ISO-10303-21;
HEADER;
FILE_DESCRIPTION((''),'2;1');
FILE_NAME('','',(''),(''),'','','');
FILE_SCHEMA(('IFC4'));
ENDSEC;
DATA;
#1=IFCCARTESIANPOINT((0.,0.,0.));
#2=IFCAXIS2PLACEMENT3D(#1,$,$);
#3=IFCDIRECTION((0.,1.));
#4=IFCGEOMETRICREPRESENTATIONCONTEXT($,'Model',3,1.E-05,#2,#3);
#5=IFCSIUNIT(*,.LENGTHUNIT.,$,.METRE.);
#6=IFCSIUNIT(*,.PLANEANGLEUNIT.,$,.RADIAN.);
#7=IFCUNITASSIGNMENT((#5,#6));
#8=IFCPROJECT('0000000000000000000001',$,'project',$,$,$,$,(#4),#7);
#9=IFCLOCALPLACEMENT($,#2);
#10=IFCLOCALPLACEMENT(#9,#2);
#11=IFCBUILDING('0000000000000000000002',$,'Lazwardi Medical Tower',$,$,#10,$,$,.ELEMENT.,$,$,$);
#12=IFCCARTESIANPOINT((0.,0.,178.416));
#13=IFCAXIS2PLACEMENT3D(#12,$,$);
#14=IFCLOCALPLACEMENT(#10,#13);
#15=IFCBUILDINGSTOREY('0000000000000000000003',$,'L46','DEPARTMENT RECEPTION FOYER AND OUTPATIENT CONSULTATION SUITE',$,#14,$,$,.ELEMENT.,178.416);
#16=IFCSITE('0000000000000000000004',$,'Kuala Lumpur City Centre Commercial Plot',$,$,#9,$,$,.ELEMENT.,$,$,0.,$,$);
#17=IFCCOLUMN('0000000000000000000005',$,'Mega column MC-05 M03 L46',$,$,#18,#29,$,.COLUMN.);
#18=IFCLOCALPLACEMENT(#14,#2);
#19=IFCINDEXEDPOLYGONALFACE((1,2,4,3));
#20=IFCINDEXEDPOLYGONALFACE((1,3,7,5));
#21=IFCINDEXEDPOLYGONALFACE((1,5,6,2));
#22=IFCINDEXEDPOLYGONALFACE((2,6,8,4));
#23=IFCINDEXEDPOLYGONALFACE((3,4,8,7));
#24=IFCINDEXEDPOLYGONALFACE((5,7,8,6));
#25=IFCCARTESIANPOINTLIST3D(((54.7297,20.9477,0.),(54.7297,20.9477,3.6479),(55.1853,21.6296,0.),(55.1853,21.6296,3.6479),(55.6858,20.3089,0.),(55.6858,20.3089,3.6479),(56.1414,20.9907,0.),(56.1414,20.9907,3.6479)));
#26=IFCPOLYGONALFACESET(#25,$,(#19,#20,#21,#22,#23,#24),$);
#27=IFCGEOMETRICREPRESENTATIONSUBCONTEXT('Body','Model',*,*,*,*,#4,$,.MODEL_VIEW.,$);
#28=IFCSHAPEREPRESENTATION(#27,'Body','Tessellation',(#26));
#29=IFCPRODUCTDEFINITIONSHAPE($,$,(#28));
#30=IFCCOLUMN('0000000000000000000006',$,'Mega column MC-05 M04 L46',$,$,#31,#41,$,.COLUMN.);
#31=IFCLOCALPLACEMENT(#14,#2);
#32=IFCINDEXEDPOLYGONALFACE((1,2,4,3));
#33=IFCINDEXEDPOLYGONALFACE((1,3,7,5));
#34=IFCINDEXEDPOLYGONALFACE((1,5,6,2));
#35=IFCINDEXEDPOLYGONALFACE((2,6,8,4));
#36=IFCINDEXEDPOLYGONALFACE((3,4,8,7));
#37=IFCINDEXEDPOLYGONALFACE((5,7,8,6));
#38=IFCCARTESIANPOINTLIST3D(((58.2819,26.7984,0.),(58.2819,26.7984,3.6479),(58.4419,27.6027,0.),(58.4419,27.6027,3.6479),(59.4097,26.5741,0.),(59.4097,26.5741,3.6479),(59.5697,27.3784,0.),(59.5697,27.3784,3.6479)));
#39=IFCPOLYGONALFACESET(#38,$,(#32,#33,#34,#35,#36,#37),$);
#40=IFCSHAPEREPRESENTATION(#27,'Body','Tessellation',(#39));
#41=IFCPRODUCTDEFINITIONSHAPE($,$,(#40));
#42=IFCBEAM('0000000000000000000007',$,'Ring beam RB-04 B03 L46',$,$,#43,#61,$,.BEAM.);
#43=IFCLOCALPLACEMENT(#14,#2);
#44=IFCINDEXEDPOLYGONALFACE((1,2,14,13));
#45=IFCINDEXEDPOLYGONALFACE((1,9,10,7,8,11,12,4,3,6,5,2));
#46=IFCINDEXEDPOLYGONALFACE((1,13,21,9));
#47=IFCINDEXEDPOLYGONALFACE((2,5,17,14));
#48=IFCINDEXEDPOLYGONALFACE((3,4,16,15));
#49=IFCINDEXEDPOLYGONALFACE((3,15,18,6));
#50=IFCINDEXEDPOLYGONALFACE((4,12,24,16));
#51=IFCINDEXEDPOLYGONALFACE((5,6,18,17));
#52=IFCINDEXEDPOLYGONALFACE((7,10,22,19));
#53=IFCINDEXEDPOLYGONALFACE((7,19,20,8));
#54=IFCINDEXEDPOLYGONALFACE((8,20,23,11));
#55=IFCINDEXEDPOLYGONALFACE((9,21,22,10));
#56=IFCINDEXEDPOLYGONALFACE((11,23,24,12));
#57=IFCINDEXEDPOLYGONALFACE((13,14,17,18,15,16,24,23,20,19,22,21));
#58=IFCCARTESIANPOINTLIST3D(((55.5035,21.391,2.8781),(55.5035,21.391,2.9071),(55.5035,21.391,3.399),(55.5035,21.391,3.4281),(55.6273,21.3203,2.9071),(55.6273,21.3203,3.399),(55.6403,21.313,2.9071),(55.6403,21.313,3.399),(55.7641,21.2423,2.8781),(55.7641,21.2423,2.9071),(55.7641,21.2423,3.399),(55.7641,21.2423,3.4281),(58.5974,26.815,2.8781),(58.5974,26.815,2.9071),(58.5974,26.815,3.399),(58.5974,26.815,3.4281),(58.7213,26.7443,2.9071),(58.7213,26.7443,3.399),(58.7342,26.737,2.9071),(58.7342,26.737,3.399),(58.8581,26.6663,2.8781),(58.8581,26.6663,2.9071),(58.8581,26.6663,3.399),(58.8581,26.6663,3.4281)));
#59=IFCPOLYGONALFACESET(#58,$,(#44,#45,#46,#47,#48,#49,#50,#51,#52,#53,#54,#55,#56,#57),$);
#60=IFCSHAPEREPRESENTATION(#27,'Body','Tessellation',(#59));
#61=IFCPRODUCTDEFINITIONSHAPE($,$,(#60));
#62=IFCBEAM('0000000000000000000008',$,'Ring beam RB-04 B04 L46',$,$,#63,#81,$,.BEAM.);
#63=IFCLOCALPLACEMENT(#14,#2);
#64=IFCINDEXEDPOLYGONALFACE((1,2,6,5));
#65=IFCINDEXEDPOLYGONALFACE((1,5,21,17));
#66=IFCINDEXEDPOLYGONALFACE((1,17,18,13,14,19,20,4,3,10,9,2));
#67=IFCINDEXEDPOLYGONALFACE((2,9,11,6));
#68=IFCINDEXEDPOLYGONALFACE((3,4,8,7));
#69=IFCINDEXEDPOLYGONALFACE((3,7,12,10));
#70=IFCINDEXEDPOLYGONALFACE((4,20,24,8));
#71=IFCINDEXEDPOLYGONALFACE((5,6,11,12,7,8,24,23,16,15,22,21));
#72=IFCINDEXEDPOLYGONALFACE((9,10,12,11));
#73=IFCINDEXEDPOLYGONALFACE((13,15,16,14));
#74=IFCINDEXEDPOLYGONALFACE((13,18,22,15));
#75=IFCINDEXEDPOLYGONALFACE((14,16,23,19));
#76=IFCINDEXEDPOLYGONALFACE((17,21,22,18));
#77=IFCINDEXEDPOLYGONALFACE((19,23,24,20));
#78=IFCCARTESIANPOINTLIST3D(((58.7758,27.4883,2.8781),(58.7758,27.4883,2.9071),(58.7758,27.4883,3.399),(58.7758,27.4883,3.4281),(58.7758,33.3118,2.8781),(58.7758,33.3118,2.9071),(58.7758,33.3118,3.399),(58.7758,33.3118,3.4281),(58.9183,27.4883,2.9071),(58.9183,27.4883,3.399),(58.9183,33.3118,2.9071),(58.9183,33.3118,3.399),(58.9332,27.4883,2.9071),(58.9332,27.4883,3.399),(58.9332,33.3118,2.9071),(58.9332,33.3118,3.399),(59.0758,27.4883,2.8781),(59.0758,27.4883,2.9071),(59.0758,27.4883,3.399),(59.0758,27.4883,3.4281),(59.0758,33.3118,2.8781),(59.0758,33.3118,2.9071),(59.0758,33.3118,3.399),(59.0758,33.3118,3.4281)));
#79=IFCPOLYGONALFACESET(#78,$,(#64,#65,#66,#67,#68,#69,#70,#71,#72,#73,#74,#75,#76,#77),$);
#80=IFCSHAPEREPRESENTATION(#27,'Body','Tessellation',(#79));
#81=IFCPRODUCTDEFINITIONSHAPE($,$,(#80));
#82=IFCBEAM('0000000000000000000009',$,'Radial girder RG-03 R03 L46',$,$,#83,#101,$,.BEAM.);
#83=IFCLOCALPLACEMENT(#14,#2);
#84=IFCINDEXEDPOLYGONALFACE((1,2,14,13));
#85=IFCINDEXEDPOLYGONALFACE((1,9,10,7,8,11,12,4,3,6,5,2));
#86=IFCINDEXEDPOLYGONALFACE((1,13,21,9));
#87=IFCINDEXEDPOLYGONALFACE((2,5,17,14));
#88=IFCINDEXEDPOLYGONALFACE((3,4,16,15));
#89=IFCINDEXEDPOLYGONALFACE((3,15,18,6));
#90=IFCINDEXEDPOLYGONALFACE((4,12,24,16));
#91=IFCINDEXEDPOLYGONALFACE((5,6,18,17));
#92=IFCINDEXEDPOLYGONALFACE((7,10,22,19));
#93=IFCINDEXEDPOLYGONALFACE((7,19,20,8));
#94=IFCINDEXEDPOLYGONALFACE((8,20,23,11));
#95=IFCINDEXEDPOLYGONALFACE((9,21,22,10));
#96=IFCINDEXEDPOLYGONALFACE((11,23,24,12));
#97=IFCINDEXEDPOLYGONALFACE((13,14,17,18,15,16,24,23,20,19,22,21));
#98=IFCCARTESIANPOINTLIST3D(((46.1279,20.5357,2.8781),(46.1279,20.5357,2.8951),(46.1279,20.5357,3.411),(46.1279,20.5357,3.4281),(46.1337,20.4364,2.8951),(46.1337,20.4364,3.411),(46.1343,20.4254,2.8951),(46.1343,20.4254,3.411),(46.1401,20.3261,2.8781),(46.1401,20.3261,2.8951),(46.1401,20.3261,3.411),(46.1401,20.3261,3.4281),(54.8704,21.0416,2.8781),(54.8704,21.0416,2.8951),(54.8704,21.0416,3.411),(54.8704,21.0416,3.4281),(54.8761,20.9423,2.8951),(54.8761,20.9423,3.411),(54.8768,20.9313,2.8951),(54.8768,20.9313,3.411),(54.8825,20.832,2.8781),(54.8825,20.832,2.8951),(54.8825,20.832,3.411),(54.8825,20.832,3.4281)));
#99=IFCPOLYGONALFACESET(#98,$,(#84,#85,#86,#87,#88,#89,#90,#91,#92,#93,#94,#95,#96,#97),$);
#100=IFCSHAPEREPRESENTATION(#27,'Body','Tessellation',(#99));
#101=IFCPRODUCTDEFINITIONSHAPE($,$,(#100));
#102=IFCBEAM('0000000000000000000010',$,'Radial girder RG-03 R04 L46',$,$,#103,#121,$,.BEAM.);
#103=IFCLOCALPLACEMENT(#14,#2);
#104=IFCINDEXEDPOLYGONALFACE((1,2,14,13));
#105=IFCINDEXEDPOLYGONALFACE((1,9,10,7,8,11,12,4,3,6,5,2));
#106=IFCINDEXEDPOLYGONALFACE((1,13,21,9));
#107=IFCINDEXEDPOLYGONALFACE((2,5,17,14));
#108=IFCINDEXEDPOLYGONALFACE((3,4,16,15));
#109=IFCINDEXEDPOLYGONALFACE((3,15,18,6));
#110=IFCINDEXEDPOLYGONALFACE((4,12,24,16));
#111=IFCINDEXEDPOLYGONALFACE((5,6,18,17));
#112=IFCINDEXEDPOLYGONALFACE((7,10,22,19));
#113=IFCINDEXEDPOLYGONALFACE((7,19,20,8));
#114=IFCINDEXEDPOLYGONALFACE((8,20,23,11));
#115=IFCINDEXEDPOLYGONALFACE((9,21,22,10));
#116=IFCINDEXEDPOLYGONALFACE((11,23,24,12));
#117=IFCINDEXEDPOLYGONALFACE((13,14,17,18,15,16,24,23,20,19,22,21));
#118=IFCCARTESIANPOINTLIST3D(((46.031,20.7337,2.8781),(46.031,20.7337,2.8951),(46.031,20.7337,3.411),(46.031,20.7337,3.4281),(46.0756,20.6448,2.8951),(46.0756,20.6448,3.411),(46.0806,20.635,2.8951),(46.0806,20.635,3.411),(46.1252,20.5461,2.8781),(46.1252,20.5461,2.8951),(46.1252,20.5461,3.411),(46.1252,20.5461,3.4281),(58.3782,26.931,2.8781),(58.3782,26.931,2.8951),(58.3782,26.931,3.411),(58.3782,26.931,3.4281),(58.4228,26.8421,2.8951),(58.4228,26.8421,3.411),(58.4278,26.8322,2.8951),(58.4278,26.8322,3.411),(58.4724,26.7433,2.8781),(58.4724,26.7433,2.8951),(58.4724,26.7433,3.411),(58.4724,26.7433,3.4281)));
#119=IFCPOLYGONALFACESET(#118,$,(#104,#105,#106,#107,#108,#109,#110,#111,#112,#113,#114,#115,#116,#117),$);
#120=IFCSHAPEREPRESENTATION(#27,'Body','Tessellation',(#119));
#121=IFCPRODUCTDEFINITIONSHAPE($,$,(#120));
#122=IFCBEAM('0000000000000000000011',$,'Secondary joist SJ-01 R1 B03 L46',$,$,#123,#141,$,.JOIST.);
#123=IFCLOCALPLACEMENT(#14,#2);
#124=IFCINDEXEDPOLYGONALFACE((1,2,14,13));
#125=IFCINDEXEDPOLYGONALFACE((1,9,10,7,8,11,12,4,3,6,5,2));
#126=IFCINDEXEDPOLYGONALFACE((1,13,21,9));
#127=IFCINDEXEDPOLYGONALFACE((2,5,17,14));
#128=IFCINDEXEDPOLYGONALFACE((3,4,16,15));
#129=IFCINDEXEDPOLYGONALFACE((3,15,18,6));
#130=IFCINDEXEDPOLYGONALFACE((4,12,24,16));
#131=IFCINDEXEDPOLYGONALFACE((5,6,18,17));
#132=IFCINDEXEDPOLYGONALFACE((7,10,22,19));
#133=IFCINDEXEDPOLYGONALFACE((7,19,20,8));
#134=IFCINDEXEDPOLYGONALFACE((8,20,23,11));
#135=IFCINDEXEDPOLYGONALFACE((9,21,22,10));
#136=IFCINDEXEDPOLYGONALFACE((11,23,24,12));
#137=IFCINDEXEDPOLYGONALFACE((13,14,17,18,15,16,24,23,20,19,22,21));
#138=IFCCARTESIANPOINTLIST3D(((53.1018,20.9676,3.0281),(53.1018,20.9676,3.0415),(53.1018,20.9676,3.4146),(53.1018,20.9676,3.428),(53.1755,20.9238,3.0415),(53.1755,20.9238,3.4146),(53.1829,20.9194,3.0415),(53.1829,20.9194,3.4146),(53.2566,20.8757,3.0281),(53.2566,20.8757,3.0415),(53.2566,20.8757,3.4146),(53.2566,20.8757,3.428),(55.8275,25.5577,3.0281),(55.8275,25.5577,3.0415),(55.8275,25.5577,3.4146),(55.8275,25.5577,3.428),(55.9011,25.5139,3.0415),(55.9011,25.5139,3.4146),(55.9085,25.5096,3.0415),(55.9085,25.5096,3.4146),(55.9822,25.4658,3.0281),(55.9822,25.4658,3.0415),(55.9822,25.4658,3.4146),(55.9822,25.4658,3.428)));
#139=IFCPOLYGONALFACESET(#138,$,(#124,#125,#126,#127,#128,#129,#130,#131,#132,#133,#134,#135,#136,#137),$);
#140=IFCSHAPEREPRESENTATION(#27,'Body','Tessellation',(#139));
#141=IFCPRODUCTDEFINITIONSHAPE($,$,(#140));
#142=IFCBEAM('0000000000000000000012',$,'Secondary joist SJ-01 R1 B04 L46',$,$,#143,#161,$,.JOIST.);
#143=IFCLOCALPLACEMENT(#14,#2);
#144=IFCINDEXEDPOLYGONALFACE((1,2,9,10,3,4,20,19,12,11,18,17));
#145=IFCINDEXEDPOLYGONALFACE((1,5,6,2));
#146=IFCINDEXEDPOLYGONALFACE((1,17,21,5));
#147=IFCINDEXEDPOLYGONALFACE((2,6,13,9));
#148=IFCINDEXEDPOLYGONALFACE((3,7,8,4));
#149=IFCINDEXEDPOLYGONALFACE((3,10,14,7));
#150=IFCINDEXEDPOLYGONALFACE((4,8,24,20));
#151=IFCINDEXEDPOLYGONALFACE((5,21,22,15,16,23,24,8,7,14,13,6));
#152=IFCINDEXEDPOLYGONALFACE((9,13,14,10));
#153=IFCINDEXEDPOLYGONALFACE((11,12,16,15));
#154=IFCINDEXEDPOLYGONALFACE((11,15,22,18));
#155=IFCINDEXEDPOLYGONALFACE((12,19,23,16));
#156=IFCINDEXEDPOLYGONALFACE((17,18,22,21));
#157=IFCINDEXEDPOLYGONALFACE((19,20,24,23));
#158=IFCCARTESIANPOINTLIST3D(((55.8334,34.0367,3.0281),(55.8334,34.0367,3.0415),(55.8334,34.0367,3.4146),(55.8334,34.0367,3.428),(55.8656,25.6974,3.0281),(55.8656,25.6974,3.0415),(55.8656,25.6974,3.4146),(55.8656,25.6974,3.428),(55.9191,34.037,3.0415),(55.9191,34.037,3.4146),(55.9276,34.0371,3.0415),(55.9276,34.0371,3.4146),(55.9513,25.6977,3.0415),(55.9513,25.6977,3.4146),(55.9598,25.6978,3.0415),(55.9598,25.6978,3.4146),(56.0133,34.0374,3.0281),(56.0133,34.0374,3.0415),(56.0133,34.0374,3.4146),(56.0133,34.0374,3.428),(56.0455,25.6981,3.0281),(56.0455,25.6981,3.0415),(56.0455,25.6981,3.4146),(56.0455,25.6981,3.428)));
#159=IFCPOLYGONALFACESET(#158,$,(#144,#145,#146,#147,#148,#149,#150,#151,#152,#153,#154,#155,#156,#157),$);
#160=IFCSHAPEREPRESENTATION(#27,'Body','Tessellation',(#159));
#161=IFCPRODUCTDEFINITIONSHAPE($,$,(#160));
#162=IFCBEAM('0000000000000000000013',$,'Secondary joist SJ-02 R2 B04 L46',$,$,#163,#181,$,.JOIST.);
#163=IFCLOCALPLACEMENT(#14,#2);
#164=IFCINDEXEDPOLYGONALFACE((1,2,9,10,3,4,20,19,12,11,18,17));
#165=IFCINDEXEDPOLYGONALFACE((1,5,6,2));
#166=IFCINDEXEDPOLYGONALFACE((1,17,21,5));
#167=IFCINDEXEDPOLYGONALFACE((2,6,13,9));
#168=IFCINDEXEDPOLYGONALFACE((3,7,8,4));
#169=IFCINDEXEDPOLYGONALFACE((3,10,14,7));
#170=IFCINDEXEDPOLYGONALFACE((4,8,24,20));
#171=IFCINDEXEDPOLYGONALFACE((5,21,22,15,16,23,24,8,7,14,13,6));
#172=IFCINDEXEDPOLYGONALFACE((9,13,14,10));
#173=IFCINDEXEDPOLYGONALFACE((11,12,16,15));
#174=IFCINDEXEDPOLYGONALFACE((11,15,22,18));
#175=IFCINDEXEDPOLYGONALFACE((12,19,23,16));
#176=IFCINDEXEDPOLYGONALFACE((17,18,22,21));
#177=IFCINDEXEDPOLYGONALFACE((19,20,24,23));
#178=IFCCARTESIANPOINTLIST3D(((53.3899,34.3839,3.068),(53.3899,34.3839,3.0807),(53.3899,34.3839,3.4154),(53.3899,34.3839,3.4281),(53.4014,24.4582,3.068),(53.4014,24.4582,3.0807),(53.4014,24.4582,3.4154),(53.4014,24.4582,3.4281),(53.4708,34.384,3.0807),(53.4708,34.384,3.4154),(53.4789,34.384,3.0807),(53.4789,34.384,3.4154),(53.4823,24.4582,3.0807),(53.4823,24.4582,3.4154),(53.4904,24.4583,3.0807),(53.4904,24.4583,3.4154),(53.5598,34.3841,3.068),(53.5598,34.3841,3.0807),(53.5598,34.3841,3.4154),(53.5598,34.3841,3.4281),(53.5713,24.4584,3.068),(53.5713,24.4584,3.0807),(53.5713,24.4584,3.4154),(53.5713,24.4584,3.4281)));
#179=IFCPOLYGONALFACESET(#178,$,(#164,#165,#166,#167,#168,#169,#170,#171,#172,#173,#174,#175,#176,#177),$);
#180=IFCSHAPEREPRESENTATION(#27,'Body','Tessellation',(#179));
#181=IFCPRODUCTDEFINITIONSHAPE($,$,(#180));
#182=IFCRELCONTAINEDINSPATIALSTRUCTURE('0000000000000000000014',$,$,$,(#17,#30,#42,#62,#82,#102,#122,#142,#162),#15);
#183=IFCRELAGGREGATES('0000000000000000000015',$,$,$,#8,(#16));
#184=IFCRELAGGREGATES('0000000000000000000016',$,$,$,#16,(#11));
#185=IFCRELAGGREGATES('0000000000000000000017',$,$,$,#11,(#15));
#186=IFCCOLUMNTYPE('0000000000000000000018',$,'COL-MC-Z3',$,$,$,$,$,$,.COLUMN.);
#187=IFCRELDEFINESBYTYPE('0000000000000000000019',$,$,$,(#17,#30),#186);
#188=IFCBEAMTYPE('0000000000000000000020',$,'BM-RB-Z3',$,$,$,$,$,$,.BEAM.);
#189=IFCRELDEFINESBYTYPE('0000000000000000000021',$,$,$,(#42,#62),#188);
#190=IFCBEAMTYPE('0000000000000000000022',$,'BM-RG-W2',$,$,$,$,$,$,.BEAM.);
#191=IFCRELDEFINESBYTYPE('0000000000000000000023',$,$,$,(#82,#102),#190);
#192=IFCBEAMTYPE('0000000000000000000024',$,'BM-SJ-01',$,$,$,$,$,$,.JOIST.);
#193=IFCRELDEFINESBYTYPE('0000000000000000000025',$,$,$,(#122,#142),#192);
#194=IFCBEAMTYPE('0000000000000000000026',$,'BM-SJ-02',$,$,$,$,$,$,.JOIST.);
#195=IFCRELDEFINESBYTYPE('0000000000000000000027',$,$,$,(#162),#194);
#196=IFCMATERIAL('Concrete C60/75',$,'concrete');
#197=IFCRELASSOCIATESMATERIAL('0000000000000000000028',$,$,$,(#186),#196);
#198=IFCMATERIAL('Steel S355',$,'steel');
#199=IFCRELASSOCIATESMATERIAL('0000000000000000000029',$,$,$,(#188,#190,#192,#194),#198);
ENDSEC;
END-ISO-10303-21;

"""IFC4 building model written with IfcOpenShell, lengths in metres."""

from ifc_helpers import new_model, si_unit, direction, frame, origin, origin_2d, place, context, subcontext, project, spatial, rectangle, i_section, extrude, material, material_profile, profile_set, type_object, element, save


model = new_model("IFC4")

# Units and contexts
model_context = context("Model", 3, precision=1e-05, world=origin(), true_north=direction((0.0, 1.0)))
body_context = subcontext(model_context, "Body", "Model", "MODEL_VIEW")
ifc_project = project(units=[si_unit("LENGTHUNIT", "METRE"), si_unit("PLANEANGLEUNIT", "RADIAN")], contexts=[model_context])

# Site, building, storey
site_placement = place(None, origin())
site = spatial("IfcSite", under=ifc_project, at=site_placement, Name="Kuala Lumpur City Centre Commercial Plot", CompositionType="ELEMENT", RefElevation=0.0)
building_placement = place(site_placement, origin())
building = spatial("IfcBuilding", under=site, at=building_placement, Name="Lazwardi Medical Tower", CompositionType="ELEMENT")
storey_placement = place(building_placement, frame((0.0, 0.0, 178.416)))
storey = spatial("IfcBuildingStorey", under=building, at=storey_placement, Name="L46", Description="DEPARTMENT RECEPTION FOYER AND OUTPATIENT CONSULTATION SUITE", CompositionType="ELEMENT", Elevation=178.416)

# Columns
ifc_material_1 = material(Name="Concrete C60/75", Category="concrete")
ifc_material_profile_1 = material_profile(ifc_material_1, rectangle(XDim=1.1499, YDim=0.8201, at=origin_2d()), Name="CFT-RECT 1150x820")
ifc_profile_set_1 = profile_set([ifc_material_profile_1], Name="Concrete C60/75")
column_type = type_object("IfcColumnType", Name="COL-MC-Z3", PredefinedType="COLUMN", material=ifc_profile_set_1)
for number, where, z_axis, x_axis, name in (
    (1, (55.4355, 20.9692, 0.0), (0.0, 0.0, 1.0), (0.83147, -0.55557, 0.0), "Mega column MC-05 M03 L46"),
    (2, (58.9258, 27.0884, 0.0), (0.0, 0.0, 1.0), (0.980785, -0.19509, 0.0), "Mega column MC-05 M04 L46"),
):
    element("IfcColumn", number, at=place(storey_placement, frame(where, z_axis=z_axis, x_axis=x_axis)), inside=storey, type_object=column_type, Name=name, PredefinedType="COLUMN", context=body_context, shape_type="SweptSolid", body=[
        extrude(rectangle(XDim=1.1499, YDim=0.8201, at=origin_2d()), origin(), (0.0, 0.0, 1.0), 3.6479),
    ])

# Beams
ifc_material_2 = material(Name="Steel S355", Category="steel")
ifc_material_profile_2 = material_profile(ifc_material_2, i_section(OverallWidth=0.3, OverallDepth=0.55, WebThickness=0.0149, FlangeThickness=0.0291, at=origin_2d()), Name="HEB 550")
ifc_profile_set_2 = profile_set([ifc_material_profile_2], Name="Steel S355")
beam_type_1 = type_object("IfcBeamType", Name="BM-RB-Z3", PredefinedType="BEAM", material=ifc_profile_set_2)
beam_1_placement = place(storey_placement, frame((55.6338, 21.3167, 3.1531), z_axis=(0.495478, 0.868621, 0.0), x_axis=(-0.868621, 0.495478, 0.0)))
element("IfcBeam", 3, at=beam_1_placement, inside=storey, type_object=beam_type_1, Name="Ring beam RB-04 B03 L46", PredefinedType="BEAM", context=body_context, shape_type="SweptSolid", body=[
    extrude(i_section(OverallWidth=0.3, OverallDepth=0.55, WebThickness=0.0149, FlangeThickness=0.0291, at=origin_2d()), origin(), (0.0, 0.0, 1.0), 6.2444),
])
beam_2_placement = place(storey_placement, frame((58.9258, 27.4883, 3.1531), z_axis=(0.0, 1.0, 0.0), x_axis=(-1.0, 0.0, 0.0)))
element("IfcBeam", 4, at=beam_2_placement, inside=storey, type_object=beam_type_1, Name="Ring beam RB-04 B04 L46", PredefinedType="BEAM", context=body_context, shape_type="SweptSolid", body=[
    extrude(i_section(OverallWidth=0.3, OverallDepth=0.55, WebThickness=0.0149, FlangeThickness=0.0291, at=origin_2d()), origin(), (0.0, 0.0, 1.0), 5.8235),
])
ifc_material_profile_3 = material_profile(ifc_material_2, i_section(OverallWidth=0.21, OverallDepth=0.55, WebThickness=0.011, FlangeThickness=0.0171, at=origin_2d()), Name="IPE 550")
ifc_profile_set_3 = profile_set([ifc_material_profile_3], Name="Steel S355")
beam_type_2 = type_object("IfcBeamType", Name="BM-RG-W2", PredefinedType="BEAM", material=ifc_profile_set_3)
beam_3_placement = place(storey_placement, frame((54.8765, 20.9368, 3.1531), z_axis=(-0.99833, -0.057766, 0.0), x_axis=(0.057766, -0.99833, 0.0)))
element("IfcBeam", 5, at=beam_3_placement, inside=storey, type_object=beam_type_2, Name="Radial girder RG-03 R03 L46", PredefinedType="BEAM", context=body_context, shape_type="SweptSolid", body=[
    extrude(i_section(OverallWidth=0.21, OverallDepth=0.55, WebThickness=0.011, FlangeThickness=0.0171, at=origin_2d()), origin(), (0.0, 0.0, 1.0), 8.7571),
])
beam_4_placement = place(storey_placement, frame((58.4253, 26.8372, 3.1531), z_axis=(-0.89374, -0.448584, 0.0), x_axis=(0.448584, -0.89374, 0.0)))
element("IfcBeam", 6, at=beam_4_placement, inside=storey, type_object=beam_type_2, Name="Radial girder RG-03 R04 L46", PredefinedType="BEAM", context=body_context, shape_type="SweptSolid", body=[
    extrude(i_section(OverallWidth=0.21, OverallDepth=0.55, WebThickness=0.011, FlangeThickness=0.0171, at=origin_2d()), origin(), (0.0, 0.0, 1.0), 13.8152),
])
ifc_material_profile_4 = material_profile(ifc_material_2, i_section(OverallWidth=0.1799, OverallDepth=0.3999, WebThickness=0.0085, FlangeThickness=0.0134, at=origin_2d()), Name="IPE 400")
ifc_profile_set_4 = profile_set([ifc_material_profile_4], Name="Steel S355")
beam_type_3 = type_object("IfcBeamType", Name="BM-SJ-01", PredefinedType="JOIST", material=ifc_profile_set_4)
beam_5_placement = place(storey_placement, frame((53.1792, 20.9216, 3.228), z_axis=(0.510569, 0.859837, 0.0), x_axis=(-0.859837, 0.510569, 0.0)))
element("IfcBeam", 7, at=beam_5_placement, inside=storey, type_object=beam_type_3, Name="Secondary joist SJ-01 R1 B03 L46", PredefinedType="JOIST", context=body_context, shape_type="SweptSolid", body=[
    extrude(i_section(OverallWidth=0.1799, OverallDepth=0.3999, WebThickness=0.0085, FlangeThickness=0.0134, at=origin_2d()), origin(), (0.0, 0.0, 1.0), 5.3384),
])
beam_6_placement = place(storey_placement, frame((55.9556, 25.6978, 3.228), z_axis=(-0.003864, 0.999993, 0.0), x_axis=(-0.999993, -0.003864, 0.0)))
element("IfcBeam", 8, at=beam_6_placement, inside=storey, type_object=beam_type_3, Name="Secondary joist SJ-01 R1 B04 L46", PredefinedType="JOIST", context=body_context, shape_type="SweptSolid", body=[
    extrude(i_section(OverallWidth=0.1799, OverallDepth=0.3999, WebThickness=0.0085, FlangeThickness=0.0134, at=origin_2d()), origin(), (0.0, 0.0, 1.0), 8.3394),
])
ifc_material_profile_5 = material_profile(ifc_material_2, i_section(OverallWidth=0.1699, OverallDepth=0.3601, WebThickness=0.0081, FlangeThickness=0.0127, at=origin_2d()), Name="IPE 360")
ifc_profile_set_5 = profile_set([ifc_material_profile_5], Name="Steel S355")
beam_type_4 = type_object("IfcBeamType", Name="BM-SJ-02", PredefinedType="JOIST", material=ifc_profile_set_5)
beam_7_placement = place(storey_placement, frame((53.4863, 24.4583, 3.248), z_axis=(-0.001156, 0.999999, 0.0), x_axis=(-0.999999, -0.001156, 0.0)))
element("IfcBeam", 9, at=beam_7_placement, inside=storey, type_object=beam_type_4, Name="Secondary joist SJ-02 R2 B04 L46", PredefinedType="JOIST", context=body_context, shape_type="SweptSolid", body=[
    extrude(i_section(OverallWidth=0.1699, OverallDepth=0.3601, WebThickness=0.0081, FlangeThickness=0.0127, at=origin_2d()), origin(), (0.0, 0.0, 1.0), 9.9258),
])

save(model, "model.ifc")
